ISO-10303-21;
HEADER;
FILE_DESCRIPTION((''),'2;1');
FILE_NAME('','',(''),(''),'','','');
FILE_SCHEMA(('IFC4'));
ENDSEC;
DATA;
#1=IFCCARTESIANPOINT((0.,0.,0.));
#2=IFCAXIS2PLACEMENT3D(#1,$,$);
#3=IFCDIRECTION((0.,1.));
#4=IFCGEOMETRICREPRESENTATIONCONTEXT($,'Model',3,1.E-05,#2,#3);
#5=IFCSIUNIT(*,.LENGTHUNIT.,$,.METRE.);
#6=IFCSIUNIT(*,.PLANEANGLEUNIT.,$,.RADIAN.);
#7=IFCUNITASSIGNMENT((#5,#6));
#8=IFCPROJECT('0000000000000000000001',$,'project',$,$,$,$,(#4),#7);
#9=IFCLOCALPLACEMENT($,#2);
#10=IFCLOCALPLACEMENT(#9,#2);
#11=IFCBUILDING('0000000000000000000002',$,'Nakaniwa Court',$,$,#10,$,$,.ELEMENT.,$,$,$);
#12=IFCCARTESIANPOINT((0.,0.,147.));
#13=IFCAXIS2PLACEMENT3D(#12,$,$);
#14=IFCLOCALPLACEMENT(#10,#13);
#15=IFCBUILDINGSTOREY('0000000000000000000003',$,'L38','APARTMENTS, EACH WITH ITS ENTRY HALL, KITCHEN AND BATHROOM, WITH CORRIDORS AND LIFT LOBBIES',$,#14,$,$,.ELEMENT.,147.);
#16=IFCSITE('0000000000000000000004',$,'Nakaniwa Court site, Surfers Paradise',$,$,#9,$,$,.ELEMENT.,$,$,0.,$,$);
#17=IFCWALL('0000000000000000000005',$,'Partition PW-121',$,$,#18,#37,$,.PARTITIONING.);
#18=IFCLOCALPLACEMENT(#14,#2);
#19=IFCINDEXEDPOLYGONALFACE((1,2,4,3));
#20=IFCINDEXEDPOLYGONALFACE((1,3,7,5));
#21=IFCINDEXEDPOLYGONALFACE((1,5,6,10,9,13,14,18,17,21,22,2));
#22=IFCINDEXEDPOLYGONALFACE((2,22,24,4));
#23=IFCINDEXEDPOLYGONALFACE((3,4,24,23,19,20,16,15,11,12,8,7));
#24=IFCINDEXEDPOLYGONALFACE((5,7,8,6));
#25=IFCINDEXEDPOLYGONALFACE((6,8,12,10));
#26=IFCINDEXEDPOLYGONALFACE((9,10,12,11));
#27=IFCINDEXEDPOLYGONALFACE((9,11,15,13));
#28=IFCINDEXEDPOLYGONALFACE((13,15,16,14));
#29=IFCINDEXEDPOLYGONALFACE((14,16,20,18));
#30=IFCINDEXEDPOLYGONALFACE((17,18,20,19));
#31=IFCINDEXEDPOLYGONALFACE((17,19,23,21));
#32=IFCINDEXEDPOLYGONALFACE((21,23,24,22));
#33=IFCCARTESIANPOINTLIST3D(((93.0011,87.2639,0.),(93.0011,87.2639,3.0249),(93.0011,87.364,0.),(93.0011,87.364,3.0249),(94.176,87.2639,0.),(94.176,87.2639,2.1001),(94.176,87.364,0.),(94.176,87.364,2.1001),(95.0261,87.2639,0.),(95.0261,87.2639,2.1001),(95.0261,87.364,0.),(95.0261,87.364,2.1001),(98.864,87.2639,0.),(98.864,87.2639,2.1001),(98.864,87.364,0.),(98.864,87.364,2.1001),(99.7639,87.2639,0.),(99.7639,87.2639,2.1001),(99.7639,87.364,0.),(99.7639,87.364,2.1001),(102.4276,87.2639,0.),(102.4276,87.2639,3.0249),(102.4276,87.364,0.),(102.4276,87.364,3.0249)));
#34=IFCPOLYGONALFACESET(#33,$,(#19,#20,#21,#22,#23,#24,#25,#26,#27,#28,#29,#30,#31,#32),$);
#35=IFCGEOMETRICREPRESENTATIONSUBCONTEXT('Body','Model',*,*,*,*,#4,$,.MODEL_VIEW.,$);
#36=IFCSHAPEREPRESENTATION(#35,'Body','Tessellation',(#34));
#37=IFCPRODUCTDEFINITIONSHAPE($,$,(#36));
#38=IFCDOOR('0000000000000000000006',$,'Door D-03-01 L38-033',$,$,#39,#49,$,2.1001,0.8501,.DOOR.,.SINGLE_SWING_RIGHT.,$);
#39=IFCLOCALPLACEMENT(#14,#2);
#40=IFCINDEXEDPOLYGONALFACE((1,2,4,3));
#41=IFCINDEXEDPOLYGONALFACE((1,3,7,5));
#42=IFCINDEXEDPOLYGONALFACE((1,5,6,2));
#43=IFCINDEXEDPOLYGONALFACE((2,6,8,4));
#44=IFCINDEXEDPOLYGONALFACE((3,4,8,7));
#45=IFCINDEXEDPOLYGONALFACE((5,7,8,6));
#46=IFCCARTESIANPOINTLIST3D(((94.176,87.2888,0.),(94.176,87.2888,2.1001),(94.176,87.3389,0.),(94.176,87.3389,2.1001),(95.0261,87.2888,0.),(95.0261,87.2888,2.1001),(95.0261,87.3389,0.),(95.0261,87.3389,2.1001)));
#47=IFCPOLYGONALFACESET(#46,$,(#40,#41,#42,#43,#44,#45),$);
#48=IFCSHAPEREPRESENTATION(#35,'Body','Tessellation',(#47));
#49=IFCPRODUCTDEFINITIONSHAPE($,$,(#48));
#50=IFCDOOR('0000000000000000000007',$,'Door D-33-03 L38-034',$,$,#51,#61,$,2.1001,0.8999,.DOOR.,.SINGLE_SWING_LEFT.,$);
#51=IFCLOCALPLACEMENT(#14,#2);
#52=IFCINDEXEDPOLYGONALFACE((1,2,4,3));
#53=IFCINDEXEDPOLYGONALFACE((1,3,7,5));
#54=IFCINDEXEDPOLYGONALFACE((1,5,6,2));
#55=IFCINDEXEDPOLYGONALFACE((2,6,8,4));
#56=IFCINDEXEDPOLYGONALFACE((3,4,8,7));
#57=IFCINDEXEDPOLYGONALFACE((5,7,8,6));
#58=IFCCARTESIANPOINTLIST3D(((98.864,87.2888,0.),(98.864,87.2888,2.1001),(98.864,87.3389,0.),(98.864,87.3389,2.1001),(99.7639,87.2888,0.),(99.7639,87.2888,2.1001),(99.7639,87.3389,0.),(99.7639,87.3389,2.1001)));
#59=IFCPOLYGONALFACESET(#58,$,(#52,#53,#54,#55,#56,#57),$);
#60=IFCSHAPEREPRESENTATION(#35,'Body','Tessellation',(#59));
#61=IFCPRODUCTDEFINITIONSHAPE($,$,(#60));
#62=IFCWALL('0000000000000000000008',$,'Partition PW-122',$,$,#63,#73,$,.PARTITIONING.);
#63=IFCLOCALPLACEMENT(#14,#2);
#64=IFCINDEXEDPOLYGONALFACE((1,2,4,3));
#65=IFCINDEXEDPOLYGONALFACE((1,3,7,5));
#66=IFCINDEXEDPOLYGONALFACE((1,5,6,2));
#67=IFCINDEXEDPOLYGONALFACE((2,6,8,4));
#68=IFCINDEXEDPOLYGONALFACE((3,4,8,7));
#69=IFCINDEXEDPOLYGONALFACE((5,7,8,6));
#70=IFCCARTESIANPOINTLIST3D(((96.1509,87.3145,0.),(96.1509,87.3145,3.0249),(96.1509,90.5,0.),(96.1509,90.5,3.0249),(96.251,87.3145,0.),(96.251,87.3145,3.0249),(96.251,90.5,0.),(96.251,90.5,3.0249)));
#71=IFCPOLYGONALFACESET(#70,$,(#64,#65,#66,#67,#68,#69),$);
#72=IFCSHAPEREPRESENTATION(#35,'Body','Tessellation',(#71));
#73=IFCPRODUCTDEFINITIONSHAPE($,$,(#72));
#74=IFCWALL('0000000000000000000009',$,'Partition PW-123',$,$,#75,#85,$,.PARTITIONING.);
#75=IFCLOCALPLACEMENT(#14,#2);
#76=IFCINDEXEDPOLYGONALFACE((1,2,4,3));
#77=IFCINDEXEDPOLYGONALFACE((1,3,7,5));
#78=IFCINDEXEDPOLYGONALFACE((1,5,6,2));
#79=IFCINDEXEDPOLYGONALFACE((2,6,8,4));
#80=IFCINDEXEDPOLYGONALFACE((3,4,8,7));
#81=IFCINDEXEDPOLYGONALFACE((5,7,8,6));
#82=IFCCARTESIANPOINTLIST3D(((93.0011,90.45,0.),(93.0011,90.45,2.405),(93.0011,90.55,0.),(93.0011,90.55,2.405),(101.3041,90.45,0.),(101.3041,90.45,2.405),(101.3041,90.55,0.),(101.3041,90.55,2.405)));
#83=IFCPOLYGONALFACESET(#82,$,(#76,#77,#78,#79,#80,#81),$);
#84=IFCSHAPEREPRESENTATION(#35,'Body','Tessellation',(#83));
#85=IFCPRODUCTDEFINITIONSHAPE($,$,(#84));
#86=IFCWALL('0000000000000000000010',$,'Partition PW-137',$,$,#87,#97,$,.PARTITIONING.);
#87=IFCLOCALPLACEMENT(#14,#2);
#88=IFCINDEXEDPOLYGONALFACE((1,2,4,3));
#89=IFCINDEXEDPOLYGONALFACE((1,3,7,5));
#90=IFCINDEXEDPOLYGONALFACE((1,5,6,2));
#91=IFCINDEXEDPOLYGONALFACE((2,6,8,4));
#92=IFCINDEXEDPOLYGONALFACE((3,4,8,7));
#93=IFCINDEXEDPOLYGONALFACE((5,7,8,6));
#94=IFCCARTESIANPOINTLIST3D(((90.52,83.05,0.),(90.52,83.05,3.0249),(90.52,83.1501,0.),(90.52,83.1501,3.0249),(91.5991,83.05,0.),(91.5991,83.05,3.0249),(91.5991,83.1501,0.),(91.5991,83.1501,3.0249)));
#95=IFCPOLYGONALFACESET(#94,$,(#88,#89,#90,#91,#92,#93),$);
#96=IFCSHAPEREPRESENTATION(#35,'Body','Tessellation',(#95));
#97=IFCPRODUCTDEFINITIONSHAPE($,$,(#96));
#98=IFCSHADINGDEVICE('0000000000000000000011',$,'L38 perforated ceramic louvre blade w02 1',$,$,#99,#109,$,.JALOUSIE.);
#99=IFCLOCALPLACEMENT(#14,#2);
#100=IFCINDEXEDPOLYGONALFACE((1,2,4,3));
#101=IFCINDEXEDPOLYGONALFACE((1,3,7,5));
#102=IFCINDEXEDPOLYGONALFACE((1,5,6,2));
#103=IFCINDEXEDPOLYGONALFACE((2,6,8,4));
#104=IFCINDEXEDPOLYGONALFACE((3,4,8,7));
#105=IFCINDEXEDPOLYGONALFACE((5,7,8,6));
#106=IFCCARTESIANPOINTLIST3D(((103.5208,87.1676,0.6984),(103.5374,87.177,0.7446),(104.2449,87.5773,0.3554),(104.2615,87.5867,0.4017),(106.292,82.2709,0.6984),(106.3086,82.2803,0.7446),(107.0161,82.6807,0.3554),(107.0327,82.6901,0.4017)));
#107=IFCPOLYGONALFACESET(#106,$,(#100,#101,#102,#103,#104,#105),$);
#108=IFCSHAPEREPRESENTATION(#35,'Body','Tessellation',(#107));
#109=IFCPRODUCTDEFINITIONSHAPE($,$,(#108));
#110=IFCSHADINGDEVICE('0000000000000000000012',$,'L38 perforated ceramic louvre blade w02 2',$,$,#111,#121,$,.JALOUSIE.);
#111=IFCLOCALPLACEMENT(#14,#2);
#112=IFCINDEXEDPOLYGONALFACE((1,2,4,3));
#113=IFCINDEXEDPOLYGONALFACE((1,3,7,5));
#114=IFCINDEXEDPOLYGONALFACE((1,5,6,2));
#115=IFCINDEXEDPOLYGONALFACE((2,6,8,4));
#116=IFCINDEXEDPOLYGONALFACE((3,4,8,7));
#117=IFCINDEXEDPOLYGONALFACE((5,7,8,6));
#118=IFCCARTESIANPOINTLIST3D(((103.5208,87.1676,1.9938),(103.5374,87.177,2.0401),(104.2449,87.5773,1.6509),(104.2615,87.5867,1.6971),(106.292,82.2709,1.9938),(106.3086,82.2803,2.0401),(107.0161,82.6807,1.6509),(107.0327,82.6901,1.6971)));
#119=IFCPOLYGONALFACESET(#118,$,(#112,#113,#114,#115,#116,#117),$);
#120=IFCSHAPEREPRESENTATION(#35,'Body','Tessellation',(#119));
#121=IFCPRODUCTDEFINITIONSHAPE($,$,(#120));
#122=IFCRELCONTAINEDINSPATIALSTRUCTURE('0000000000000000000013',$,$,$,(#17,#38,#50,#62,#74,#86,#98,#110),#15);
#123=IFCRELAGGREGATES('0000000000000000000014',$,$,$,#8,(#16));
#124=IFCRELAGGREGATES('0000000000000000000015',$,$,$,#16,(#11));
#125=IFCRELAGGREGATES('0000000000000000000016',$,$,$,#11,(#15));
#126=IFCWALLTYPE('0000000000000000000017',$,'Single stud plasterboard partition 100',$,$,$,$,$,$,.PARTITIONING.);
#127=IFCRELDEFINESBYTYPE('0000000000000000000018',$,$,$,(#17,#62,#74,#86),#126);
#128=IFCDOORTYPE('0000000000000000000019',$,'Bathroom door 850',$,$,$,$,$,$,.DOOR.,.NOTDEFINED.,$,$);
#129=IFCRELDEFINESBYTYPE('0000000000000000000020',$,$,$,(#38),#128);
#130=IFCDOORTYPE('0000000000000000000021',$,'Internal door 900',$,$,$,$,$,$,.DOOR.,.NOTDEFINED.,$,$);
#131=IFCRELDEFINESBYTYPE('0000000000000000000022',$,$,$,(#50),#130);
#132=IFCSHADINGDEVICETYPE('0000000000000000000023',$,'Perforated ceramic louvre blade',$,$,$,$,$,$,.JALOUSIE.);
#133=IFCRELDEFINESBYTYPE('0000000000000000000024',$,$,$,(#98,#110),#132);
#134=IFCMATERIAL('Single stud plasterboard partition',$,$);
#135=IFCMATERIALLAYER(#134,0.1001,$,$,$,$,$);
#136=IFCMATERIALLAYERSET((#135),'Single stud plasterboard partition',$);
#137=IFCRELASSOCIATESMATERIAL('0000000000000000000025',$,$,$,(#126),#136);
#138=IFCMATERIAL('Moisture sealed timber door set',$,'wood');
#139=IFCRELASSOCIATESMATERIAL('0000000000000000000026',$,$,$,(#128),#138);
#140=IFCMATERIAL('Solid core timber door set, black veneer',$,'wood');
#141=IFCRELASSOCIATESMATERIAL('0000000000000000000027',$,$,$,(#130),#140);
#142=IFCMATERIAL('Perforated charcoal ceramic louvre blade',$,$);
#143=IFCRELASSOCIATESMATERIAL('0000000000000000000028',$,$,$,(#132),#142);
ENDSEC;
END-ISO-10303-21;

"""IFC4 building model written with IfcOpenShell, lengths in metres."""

from ifc_helpers import new_model, si_unit, direction, frame, frame_2d, origin, origin_2d, place, context, subcontext, project, spatial, rectangle, extrude, material, layer, layer_set, material_profile, profile_set, type_object, element, fill, save


model = new_model("IFC4")

# Units and contexts
model_context = context("Model", 3, precision=1e-05, world=origin(), true_north=direction((0.0, 1.0)))
body_context = subcontext(model_context, "Body", "Model", "MODEL_VIEW")
ifc_project = project(units=[si_unit("LENGTHUNIT", "METRE"), si_unit("PLANEANGLEUNIT", "RADIAN")], contexts=[model_context])

# Site, building, storey
site_placement = place(None, origin())
site = spatial("IfcSite", under=ifc_project, at=site_placement, Name="Nakaniwa Court site, Surfers Paradise", CompositionType="ELEMENT", RefElevation=0.0)
building_placement = place(site_placement, origin())
building = spatial("IfcBuilding", under=site, at=building_placement, Name="Nakaniwa Court", CompositionType="ELEMENT")
storey_placement = place(building_placement, frame((0.0, 0.0, 147.0)))
storey = spatial("IfcBuildingStorey", under=building, at=storey_placement, Name="L38", Description="APARTMENTS, EACH WITH ITS ENTRY HALL, KITCHEN AND BATHROOM, WITH CORRIDORS AND LIFT LOBBIES", CompositionType="ELEMENT", Elevation=147.0)

# Shared definitions
ifc_material_1 = material(Name="Solid core timber door set, black veneer", Category="wood")

# Wall, openings, doors
ifc_material_2 = material(Name="Single stud plasterboard partition")
ifc_layer_1 = layer(ifc_material_2, 0.1001)
ifc_layer_set_1 = layer_set([ifc_layer_1], Name="Single stud plasterboard partition")
wall_type_1 = type_object("IfcWallType", Name="Single stud plasterboard partition 100", PredefinedType="PARTITIONING", material=ifc_layer_set_1)
wall_1_placement = place(storey_placement, frame((93.001, 87.314, 0.0), z_axis=(0.0, 0.0, 1.0), x_axis=(1.0, 0.0, 0.0)))
wall_1 = element("IfcWall", 1, at=wall_1_placement, inside=storey, type_object=wall_type_1, Name="Partition PW-121", PredefinedType="PARTITIONING", context=body_context, shape_type="SweptSolid", body=[
    extrude(rectangle(XDim=9.4265, YDim=0.1001, at=frame_2d((4.7134, 0.0))), origin(), (0.0, 0.0, 1.0), 3.0249),
])
opening_1_placement = place(wall_1_placement, frame((1.175, 0.0, 0.0)))
opening_1 = element("IfcOpeningElement", 2, at=opening_1_placement, cuts=wall_1, PredefinedType="OPENING", context=body_context, shape_type="SweptSolid", body=[
    extrude(rectangle(XDim=0.8501, YDim=2.1001, at=frame_2d((0.425, 1.05))), frame((0.0, 0.0601, 0.0), z_axis=(0.0, -1.0, 0.0), x_axis=(1.0, 0.0, 0.0)), (0.0, 0.0, 1.0), 0.1201),
])
opening_2_placement = place(wall_1_placement, frame((5.863, 0.0, 0.0)))
opening_2 = element("IfcOpeningElement", 3, at=opening_2_placement, cuts=wall_1, PredefinedType="OPENING", context=body_context, shape_type="SweptSolid", body=[
    extrude(rectangle(XDim=0.8999, YDim=2.1001, at=frame_2d((0.45, 1.05))), frame((0.0, 0.0601, 0.0), z_axis=(0.0, -1.0, 0.0), x_axis=(1.0, 0.0, 0.0)), (0.0, 0.0, 1.0), 0.1201),
])
ifc_material_3 = material(Name="Moisture sealed timber door set", Category="wood")
door_type_1 = type_object("IfcDoorType", Name="Bathroom door 850", OperationType="NOTDEFINED", PredefinedType="DOOR", material=ifc_material_3)
door_1_placement = place(opening_1_placement, origin())
door_1 = element("IfcDoor", 4, at=door_1_placement, inside=storey, type_object=door_type_1, Name="Door D-03-01 L38-033", OperationType="SINGLE_SWING_RIGHT", OverallHeight=2.1001, OverallWidth=0.8501, PredefinedType="DOOR", context=body_context, shape_type="SweptSolid", body=[
    extrude(rectangle(XDim=0.8501, YDim=2.1001, at=frame_2d((0.425, 1.05))), frame((0.0, 0.0249, 0.0), z_axis=(0.0, -1.0, 0.0), x_axis=(1.0, 0.0, 0.0)), (0.0, 0.0, 1.0), 0.05),
])
fill(opening_1, door_1)
door_type_2 = type_object("IfcDoorType", Name="Internal door 900", OperationType="NOTDEFINED", PredefinedType="DOOR", material=ifc_material_1)
door_2_placement = place(opening_2_placement, origin())
door_2 = element("IfcDoor", 5, at=door_2_placement, inside=storey, type_object=door_type_2, Name="Door D-33-03 L38-034", OperationType="SINGLE_SWING_LEFT", OverallHeight=2.1001, OverallWidth=0.8999, PredefinedType="DOOR", context=body_context, shape_type="SweptSolid", body=[
    extrude(rectangle(XDim=0.8999, YDim=2.1001, at=frame_2d((0.45, 1.05))), frame((0.0, 0.0249, 0.0), z_axis=(0.0, -1.0, 0.0), x_axis=(1.0, 0.0, 0.0)), (0.0, 0.0, 1.0), 0.05),
])
fill(opening_2, door_2)

# Walls
wall_2_placement = place(storey_placement, frame((96.2009, 87.3145, 0.0), z_axis=(0.0, 0.0, 1.0), x_axis=(0.0, 1.0, 0.0)))
element("IfcWall", 6, at=wall_2_placement, inside=storey, type_object=wall_type_1, Name="Partition PW-122", PredefinedType="PARTITIONING", context=body_context, shape_type="SweptSolid", body=[
    extrude(rectangle(XDim=3.1855, YDim=0.1001, at=frame_2d((1.5928, 0.0))), origin(), (0.0, 0.0, 1.0), 3.0249),
])
wall_3_placement = place(storey_placement, frame((93.0012, 90.5, 0.0), z_axis=(0.0, 0.0, 1.0), x_axis=(1.0, 0.0, 0.0)))
element("IfcWall", 7, at=wall_3_placement, inside=storey, type_object=wall_type_1, Name="Partition PW-123", PredefinedType="PARTITIONING", context=body_context, shape_type="SweptSolid", body=[
    extrude(rectangle(XDim=8.303, YDim=0.1001, at=frame_2d((4.1514, 0.0))), origin(), (0.0, 0.0, 1.0), 2.405),
])
wall_4_placement = place(storey_placement, frame((90.52, 83.1001, 0.0), z_axis=(0.0, 0.0, 1.0), x_axis=(1.0, 0.0, 0.0)))
element("IfcWall", 8, at=wall_4_placement, inside=storey, type_object=wall_type_1, Name="Partition PW-137", PredefinedType="PARTITIONING", context=body_context, shape_type="SweptSolid", body=[
    extrude(rectangle(XDim=1.0791, YDim=0.1001, at=frame_2d((0.5396, 0.0))), origin(), (0.0, 0.0, 1.0), 3.0249),
])

# Shading devices
ifc_material_4 = material(Name="Perforated charcoal ceramic louvre blade")
ifc_material_profile_1 = material_profile(ifc_material_4, rectangle(XDim=0.8999, YDim=0.05, at=origin_2d()), Name="Perforated ceramic louvre blade")
ifc_profile_set_1 = profile_set([ifc_material_profile_1], Name="Perforated charcoal ceramic louvre blade")
shading_device_type = type_object("IfcShadingDeviceType", Name="Perforated ceramic louvre blade", PredefinedType="JALOUSIE", material=ifc_profile_set_1)
for number, where, z_axis, x_axis, name in (
    (9, (106.6624, 82.4805, 0.55), (-0.492532, 0.870294, 0.0), (-0.804627, -0.455368, 0.38107), "L38 perforated ceramic louvre blade w02 1"),
    (10, (106.6624, 82.4805, 1.8455), (-0.492532, 0.870294, 0.0), (-0.804627, -0.455368, 0.38107), "L38 perforated ceramic louvre blade w02 2"),
):
    element("IfcShadingDevice", number, at=place(storey_placement, frame(where, z_axis=z_axis, x_axis=x_axis)), inside=storey, type_object=shading_device_type, Name=name, PredefinedType="JALOUSIE", context=body_context, shape_type="SweptSolid", body=[
        extrude(rectangle(XDim=0.8999, YDim=0.05, at=origin_2d()), origin(), (0.0, 0.0, 1.0), 5.6265),
    ])

save(model, "model.ifc")
